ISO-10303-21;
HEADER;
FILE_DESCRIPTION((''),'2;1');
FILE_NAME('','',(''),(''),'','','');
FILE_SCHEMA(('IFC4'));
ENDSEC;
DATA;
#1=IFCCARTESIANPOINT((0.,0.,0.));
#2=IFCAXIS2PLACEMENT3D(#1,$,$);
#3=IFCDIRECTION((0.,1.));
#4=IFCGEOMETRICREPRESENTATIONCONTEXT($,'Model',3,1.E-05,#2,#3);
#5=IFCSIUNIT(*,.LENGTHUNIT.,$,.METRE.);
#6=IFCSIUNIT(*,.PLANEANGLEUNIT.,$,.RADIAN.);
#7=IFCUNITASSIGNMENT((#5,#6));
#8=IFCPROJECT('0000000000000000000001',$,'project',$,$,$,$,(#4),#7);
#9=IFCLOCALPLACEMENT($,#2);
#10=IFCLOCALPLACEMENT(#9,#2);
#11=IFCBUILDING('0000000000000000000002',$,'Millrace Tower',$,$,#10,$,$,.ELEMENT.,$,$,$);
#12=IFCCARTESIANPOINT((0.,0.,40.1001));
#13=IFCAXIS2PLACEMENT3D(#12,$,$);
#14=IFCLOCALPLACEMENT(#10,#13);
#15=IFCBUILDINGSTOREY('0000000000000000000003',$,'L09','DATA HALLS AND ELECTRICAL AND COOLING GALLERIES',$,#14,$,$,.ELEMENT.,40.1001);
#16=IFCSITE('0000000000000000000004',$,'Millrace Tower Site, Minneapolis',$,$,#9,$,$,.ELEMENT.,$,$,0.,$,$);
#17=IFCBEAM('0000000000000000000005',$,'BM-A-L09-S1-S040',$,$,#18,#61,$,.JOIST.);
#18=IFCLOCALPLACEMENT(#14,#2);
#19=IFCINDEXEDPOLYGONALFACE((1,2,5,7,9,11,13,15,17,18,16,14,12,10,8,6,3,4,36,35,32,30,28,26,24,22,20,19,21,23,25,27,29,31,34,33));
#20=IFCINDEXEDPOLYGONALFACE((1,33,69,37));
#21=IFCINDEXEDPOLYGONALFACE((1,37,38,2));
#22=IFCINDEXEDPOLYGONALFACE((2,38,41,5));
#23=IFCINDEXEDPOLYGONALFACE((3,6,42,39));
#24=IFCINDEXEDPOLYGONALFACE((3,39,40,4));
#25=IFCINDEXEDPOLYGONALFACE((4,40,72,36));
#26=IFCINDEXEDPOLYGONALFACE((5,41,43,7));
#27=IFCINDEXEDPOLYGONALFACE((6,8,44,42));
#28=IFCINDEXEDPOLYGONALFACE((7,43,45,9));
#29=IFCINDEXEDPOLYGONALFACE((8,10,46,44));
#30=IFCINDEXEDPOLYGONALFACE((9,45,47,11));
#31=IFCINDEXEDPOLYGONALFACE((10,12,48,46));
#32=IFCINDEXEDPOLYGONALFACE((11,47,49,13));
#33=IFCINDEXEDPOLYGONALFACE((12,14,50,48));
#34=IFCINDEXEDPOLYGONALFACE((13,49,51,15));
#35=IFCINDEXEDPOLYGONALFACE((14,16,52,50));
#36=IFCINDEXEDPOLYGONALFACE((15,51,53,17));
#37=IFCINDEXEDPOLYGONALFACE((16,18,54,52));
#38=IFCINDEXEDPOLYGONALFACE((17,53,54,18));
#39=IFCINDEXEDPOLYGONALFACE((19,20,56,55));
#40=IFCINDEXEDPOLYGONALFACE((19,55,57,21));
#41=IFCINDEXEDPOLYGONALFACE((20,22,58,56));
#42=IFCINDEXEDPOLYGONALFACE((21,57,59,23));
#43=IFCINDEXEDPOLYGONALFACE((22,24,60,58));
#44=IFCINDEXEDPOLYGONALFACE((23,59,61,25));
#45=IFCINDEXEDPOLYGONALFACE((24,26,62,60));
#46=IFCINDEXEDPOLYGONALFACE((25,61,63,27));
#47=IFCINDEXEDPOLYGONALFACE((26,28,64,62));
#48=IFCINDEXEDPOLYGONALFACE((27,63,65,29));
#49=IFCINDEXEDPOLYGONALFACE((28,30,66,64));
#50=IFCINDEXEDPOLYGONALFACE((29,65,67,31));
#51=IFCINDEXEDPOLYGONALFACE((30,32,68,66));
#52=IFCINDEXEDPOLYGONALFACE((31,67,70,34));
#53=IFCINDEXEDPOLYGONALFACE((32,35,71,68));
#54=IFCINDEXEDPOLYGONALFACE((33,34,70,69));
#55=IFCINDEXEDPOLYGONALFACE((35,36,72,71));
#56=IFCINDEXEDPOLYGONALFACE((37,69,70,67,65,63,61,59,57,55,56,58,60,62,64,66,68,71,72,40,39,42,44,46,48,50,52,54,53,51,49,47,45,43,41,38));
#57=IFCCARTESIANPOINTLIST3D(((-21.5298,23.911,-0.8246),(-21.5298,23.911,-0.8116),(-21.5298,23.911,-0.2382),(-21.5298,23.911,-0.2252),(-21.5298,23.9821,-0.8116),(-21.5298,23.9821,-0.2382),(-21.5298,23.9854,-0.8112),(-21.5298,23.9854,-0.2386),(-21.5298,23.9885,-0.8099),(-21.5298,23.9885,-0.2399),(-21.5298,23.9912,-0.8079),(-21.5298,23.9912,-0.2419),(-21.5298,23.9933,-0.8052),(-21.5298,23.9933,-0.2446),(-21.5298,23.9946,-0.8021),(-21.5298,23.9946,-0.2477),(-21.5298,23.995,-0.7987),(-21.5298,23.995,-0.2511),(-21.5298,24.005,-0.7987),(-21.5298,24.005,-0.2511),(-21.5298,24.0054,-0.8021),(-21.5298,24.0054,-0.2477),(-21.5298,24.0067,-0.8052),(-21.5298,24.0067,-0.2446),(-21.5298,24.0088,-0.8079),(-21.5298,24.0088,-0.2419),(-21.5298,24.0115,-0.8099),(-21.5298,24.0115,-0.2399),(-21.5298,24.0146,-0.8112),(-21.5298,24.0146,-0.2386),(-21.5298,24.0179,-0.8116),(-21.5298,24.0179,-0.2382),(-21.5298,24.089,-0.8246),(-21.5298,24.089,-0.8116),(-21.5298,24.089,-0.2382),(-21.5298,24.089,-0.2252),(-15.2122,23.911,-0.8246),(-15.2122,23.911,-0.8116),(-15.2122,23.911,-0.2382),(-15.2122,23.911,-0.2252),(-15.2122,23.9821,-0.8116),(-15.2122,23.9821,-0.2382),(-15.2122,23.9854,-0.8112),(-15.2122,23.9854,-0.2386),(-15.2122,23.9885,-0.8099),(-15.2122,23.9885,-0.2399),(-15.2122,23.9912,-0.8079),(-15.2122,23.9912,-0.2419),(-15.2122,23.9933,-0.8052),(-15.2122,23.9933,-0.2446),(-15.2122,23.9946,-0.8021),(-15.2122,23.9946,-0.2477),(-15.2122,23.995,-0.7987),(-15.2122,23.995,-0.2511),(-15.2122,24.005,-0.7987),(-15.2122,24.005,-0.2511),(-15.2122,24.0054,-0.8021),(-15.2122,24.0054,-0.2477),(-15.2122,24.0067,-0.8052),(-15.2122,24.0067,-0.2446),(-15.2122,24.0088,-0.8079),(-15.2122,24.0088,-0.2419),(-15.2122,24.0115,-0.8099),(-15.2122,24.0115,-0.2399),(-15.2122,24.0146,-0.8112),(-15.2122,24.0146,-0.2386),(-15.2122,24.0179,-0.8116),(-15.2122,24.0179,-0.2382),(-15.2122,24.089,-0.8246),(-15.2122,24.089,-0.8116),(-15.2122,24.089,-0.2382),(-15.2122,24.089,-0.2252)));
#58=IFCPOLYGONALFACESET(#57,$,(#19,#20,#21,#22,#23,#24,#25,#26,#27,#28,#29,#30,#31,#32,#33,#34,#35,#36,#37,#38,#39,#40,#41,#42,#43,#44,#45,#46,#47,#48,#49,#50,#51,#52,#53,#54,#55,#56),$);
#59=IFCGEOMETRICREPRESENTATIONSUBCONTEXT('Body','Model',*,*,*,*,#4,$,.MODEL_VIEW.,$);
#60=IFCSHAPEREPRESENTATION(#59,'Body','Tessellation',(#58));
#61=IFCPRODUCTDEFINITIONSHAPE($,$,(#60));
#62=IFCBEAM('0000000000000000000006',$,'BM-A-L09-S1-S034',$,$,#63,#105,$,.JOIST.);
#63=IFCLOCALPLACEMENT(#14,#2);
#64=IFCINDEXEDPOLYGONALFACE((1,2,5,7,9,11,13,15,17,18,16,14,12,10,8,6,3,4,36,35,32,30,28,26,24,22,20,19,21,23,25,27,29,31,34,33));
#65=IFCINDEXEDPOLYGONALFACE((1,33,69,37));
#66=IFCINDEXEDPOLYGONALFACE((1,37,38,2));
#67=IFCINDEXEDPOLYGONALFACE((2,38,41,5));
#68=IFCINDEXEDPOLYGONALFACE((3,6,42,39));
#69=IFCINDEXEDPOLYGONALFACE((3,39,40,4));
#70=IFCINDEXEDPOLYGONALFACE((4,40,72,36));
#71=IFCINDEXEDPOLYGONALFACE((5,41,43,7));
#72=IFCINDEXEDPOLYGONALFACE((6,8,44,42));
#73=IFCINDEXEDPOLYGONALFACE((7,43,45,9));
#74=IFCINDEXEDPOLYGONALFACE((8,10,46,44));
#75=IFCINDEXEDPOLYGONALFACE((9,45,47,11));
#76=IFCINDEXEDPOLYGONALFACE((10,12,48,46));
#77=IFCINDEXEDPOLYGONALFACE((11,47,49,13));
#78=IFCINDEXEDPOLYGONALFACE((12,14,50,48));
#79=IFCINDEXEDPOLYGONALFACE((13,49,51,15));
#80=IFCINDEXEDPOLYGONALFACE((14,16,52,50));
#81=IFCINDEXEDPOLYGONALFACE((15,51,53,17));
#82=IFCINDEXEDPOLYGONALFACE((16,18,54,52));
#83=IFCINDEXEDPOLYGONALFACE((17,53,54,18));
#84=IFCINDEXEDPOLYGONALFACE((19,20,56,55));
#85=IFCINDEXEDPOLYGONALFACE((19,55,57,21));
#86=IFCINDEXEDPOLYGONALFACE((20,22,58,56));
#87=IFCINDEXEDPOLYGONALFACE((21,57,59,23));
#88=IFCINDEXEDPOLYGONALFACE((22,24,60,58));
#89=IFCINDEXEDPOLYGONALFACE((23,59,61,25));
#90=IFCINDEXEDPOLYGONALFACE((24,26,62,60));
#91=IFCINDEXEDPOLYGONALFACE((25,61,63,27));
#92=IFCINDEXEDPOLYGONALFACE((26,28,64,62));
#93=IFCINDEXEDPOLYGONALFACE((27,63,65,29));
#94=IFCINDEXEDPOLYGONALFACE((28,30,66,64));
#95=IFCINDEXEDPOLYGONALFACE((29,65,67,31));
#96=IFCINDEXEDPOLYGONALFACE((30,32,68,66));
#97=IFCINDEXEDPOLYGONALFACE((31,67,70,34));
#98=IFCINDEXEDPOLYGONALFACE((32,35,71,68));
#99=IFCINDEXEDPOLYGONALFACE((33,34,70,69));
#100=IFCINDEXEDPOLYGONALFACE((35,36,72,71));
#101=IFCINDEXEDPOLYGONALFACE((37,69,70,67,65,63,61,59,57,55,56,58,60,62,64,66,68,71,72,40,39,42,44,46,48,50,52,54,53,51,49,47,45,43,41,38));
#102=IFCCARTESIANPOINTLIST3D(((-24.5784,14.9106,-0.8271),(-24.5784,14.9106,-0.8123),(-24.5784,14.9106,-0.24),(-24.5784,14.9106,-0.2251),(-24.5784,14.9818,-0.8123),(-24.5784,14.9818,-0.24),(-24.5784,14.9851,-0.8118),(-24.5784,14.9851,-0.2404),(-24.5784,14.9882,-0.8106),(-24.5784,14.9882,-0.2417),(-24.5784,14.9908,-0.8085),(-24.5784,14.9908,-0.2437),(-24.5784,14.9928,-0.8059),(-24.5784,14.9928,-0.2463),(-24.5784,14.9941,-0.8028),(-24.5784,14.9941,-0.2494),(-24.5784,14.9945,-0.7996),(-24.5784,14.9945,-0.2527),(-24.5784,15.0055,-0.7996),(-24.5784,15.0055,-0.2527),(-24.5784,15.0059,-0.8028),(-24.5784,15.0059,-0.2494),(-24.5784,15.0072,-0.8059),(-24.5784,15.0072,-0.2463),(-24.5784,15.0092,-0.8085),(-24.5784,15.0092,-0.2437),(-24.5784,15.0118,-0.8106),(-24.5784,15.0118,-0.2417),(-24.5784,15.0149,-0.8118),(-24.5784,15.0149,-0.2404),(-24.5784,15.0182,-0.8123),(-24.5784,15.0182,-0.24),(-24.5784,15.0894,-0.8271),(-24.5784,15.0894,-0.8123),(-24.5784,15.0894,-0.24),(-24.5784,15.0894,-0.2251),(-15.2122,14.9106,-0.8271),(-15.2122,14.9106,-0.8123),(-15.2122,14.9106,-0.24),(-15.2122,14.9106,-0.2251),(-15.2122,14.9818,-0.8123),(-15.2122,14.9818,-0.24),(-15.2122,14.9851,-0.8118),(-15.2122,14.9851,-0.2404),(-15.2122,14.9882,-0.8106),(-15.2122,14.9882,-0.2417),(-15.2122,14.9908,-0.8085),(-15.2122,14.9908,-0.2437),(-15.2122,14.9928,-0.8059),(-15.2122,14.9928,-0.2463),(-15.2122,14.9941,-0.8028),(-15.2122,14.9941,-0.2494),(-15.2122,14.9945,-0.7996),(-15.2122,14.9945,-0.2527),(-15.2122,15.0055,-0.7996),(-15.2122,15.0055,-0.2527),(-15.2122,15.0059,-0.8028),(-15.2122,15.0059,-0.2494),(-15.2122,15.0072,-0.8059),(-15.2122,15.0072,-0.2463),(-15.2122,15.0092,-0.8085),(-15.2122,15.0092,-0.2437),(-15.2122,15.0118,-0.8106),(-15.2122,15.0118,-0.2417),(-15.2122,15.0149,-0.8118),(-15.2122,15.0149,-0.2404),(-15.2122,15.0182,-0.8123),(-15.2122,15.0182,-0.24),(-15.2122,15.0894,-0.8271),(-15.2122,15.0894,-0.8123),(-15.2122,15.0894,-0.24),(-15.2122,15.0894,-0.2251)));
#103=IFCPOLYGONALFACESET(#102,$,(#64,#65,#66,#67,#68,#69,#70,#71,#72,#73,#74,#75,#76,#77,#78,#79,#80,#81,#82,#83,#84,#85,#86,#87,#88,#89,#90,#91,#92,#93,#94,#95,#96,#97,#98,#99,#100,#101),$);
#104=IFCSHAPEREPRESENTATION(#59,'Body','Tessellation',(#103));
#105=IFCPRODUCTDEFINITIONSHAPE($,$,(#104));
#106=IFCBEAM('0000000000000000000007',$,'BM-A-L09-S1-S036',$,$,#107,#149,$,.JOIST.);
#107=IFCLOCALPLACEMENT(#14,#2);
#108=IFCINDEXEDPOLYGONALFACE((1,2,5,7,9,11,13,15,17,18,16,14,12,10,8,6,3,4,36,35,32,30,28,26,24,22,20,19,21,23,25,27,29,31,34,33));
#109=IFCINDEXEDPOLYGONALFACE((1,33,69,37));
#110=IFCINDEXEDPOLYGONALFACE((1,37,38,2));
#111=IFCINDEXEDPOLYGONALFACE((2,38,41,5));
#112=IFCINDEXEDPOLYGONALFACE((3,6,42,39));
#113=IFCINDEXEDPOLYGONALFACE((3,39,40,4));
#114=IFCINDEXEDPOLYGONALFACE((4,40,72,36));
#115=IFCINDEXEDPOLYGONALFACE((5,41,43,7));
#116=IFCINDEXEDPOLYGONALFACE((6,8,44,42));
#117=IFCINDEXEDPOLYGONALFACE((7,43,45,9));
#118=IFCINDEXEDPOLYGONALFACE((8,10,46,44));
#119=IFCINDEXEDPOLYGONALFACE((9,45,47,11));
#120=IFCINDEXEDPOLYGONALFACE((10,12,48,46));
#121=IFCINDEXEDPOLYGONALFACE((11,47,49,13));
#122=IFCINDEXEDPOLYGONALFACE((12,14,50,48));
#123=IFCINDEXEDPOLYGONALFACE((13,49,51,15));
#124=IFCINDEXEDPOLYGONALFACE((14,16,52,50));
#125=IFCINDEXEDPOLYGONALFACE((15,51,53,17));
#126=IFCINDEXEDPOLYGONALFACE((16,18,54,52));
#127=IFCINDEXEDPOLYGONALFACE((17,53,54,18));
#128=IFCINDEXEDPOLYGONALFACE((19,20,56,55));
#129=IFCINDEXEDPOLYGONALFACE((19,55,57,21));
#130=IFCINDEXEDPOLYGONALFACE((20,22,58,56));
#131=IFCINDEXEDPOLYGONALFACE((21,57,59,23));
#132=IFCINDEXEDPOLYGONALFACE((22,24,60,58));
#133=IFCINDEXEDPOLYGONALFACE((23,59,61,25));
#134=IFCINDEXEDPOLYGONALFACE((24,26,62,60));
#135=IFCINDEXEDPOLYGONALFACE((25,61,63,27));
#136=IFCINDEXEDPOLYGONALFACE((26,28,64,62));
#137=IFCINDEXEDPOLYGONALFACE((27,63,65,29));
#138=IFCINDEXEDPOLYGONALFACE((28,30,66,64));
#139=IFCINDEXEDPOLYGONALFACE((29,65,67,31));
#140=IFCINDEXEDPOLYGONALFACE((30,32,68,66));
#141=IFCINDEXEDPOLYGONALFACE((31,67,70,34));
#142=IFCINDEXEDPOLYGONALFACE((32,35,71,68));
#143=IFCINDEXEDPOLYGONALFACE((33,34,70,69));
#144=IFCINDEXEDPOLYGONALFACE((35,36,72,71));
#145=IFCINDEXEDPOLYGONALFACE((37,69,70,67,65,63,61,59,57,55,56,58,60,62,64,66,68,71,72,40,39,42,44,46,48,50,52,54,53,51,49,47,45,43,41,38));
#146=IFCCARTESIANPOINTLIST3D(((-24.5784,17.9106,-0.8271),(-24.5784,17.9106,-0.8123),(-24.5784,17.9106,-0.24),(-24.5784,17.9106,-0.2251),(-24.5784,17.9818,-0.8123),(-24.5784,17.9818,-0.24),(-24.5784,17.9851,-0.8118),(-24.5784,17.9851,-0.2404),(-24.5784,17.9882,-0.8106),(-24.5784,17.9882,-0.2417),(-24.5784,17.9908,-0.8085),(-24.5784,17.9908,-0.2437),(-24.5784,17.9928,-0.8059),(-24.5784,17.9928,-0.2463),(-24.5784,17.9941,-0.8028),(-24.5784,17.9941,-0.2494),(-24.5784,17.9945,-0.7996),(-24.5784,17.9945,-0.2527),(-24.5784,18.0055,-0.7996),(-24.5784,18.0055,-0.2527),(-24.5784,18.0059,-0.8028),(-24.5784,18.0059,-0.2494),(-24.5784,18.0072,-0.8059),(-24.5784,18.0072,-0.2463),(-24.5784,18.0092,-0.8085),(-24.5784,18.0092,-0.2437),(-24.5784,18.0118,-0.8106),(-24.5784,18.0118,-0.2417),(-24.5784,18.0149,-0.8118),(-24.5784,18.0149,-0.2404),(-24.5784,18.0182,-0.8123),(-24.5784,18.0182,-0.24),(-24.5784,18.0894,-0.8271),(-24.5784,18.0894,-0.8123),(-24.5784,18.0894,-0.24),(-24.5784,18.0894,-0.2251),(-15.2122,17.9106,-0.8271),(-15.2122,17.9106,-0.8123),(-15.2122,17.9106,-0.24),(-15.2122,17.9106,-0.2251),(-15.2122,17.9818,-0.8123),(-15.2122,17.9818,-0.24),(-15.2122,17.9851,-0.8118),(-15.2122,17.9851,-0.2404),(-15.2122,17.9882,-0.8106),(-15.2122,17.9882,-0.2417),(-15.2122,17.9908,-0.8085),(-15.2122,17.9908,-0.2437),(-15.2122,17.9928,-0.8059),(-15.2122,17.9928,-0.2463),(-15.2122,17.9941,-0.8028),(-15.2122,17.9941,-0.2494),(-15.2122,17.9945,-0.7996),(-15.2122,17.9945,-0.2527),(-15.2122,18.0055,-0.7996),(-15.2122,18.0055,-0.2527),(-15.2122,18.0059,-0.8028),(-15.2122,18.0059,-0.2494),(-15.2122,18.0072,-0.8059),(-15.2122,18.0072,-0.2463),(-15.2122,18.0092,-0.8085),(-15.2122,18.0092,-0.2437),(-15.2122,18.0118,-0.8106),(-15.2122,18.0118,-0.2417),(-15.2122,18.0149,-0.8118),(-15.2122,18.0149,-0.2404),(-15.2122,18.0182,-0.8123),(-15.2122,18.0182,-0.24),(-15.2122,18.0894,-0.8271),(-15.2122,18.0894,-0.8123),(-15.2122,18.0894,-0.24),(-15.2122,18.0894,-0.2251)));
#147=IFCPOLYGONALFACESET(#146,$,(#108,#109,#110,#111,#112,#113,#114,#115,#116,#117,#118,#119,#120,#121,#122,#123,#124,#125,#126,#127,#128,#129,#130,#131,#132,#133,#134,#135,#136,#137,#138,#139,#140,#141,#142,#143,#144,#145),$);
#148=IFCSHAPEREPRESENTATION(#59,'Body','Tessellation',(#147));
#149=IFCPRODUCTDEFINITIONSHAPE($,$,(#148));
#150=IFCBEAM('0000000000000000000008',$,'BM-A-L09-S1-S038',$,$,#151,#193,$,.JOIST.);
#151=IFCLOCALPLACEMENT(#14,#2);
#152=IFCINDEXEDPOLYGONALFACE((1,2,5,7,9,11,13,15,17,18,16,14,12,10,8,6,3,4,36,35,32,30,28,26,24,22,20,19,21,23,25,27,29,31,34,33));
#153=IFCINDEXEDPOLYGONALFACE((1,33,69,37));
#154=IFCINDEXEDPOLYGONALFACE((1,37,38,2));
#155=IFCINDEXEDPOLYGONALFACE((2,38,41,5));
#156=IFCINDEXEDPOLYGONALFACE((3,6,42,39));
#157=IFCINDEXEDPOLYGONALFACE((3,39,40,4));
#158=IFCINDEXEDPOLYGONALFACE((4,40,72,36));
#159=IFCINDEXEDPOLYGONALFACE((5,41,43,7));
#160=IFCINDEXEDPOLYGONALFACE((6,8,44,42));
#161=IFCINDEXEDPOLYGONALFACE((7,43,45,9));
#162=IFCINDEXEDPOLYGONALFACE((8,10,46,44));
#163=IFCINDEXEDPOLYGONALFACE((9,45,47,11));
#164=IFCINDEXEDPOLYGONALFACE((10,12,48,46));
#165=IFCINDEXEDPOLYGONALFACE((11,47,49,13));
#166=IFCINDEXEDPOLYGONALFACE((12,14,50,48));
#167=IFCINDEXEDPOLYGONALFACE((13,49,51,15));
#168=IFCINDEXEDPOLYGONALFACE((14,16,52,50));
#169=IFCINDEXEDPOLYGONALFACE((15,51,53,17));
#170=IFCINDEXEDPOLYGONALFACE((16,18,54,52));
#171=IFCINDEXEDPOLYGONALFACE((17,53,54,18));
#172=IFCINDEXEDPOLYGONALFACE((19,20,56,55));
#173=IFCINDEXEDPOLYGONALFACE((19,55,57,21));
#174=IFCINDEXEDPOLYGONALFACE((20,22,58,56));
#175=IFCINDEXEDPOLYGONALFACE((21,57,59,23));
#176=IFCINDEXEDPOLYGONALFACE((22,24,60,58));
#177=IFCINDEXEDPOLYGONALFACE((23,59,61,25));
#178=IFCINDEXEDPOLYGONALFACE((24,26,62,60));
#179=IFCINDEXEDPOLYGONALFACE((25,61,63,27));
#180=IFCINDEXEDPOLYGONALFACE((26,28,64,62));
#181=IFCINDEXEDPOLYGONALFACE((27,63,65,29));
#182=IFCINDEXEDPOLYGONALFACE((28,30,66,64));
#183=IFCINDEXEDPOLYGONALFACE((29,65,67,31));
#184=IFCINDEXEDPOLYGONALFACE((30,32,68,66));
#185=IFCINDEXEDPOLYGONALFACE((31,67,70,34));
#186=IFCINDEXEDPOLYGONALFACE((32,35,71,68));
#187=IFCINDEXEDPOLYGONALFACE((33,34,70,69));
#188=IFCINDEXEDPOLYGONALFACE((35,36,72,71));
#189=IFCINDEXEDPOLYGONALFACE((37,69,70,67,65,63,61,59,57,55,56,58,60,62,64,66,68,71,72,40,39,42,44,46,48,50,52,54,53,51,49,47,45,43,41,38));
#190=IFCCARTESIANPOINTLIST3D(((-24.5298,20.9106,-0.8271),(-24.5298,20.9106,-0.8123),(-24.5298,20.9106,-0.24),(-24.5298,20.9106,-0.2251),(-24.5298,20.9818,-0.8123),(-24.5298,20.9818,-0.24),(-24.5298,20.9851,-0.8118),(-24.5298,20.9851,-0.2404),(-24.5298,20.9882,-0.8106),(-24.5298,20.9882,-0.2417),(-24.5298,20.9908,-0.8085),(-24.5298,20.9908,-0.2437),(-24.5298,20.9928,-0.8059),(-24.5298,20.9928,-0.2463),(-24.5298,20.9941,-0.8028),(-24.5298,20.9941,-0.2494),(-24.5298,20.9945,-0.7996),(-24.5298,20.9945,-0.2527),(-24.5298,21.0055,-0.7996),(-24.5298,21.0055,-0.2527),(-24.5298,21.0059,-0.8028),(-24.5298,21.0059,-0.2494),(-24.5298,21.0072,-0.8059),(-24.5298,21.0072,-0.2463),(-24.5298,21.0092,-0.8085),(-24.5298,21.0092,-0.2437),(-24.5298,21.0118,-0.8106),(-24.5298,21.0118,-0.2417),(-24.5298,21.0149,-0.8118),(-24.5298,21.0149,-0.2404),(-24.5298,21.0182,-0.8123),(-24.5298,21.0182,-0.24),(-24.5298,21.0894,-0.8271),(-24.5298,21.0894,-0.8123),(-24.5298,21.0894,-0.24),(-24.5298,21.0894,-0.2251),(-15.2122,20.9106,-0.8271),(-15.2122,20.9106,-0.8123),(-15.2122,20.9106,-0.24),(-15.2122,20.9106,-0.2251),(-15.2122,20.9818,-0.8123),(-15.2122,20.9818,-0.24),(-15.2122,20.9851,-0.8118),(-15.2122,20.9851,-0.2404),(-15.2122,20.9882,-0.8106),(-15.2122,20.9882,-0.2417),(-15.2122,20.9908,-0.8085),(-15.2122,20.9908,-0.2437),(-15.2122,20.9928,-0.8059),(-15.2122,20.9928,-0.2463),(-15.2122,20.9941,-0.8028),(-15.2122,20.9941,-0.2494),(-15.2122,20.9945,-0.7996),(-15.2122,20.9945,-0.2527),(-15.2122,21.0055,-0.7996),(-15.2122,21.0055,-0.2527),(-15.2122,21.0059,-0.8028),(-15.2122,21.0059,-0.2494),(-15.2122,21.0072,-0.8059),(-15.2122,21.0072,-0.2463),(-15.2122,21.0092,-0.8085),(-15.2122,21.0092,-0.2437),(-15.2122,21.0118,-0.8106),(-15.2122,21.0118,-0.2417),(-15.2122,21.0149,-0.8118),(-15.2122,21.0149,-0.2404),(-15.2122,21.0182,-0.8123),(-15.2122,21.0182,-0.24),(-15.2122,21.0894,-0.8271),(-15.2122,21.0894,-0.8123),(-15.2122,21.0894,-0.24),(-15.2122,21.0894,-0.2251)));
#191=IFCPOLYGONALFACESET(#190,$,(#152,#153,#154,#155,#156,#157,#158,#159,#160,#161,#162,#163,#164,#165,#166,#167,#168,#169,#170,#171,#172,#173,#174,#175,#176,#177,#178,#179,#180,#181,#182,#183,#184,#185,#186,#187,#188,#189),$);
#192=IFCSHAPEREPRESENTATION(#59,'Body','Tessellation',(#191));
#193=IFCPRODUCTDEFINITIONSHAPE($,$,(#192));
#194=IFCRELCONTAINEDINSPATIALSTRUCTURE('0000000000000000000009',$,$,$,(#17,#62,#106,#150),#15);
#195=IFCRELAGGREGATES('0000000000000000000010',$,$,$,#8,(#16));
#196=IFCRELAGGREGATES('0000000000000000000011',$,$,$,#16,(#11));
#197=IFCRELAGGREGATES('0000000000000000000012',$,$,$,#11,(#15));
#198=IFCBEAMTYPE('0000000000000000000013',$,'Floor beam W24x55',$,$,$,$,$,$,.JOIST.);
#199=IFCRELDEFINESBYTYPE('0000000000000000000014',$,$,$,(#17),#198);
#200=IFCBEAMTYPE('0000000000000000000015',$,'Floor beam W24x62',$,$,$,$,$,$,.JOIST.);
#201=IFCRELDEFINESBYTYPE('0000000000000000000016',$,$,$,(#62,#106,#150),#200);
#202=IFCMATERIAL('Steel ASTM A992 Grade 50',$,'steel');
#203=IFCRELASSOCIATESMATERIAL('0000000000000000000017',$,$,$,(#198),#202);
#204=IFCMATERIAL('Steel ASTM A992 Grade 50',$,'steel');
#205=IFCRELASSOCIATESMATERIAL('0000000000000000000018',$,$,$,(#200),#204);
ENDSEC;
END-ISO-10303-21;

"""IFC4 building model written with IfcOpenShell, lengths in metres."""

from ifc_helpers import new_model, si_unit, direction, frame, origin, origin_2d, place, context, subcontext, project, spatial, i_section, extrude, material, material_profile, profile_set, type_object, element, save


model = new_model("IFC4")

# Units and contexts
model_context = context("Model", 3, precision=1e-05, world=origin(), true_north=direction((0.0, 1.0)))
body_context = subcontext(model_context, "Body", "Model", "MODEL_VIEW")
ifc_project = project(units=[si_unit("LENGTHUNIT", "METRE"), si_unit("PLANEANGLEUNIT", "RADIAN")], contexts=[model_context])

# Site, building, storey
site_placement = place(None, origin())
site = spatial("IfcSite", under=ifc_project, at=site_placement, Name="Millrace Tower Site, Minneapolis", CompositionType="ELEMENT", RefElevation=0.0)
building_placement = place(site_placement, origin())
building = spatial("IfcBuilding", under=site, at=building_placement, Name="Millrace Tower", CompositionType="ELEMENT")
storey_placement = place(building_placement, frame((0.0, 0.0, 40.1001)))
storey = spatial("IfcBuildingStorey", under=building, at=storey_placement, Name="L09", Description="DATA HALLS AND ELECTRICAL AND COOLING GALLERIES", CompositionType="ELEMENT", Elevation=40.1001)

# Beams
ifc_material_1 = material(Name="Steel ASTM A992 Grade 50", Category="steel")
ifc_material_profile_1 = material_profile(ifc_material_1, i_section(OverallWidth=0.178, OverallDepth=0.5994, WebThickness=0.01, FlangeThickness=0.0129, FilletRadius=0.0129, at=origin_2d()))
ifc_profile_set_1 = profile_set([ifc_material_profile_1], Name="Steel ASTM A992 Grade 50")
beam_type_1 = type_object("IfcBeamType", Name="Floor beam W24x55", PredefinedType="JOIST", material=ifc_profile_set_1)
beam_1_placement = place(storey_placement, frame((-21.5298, 24.0, -0.5249), z_axis=(1.0, 0.0, 0.0), x_axis=(0.0, 1.0, 0.0)))
element("IfcBeam", 1, at=beam_1_placement, inside=storey, type_object=beam_type_1, Name="BM-A-L09-S1-S040", PredefinedType="JOIST", context=body_context, shape_type="SweptSolid", body=[
    extrude(i_section(OverallWidth=0.178, OverallDepth=0.5994, WebThickness=0.01, FlangeThickness=0.0129, FilletRadius=0.0129, at=origin_2d()), origin(), (0.0, 0.0, 1.0), 6.3176),
])
ifc_material_2 = material(Name="Steel ASTM A992 Grade 50", Category="steel")
ifc_material_profile_2 = material_profile(ifc_material_2, i_section(OverallWidth=0.1787, OverallDepth=0.6021, WebThickness=0.011, FlangeThickness=0.0149, FilletRadius=0.0127, at=origin_2d()))
ifc_profile_set_2 = profile_set([ifc_material_profile_2], Name="Steel ASTM A992 Grade 50")
beam_type_2 = type_object("IfcBeamType", Name="Floor beam W24x62", PredefinedType="JOIST", material=ifc_profile_set_2)
for number, where, z_axis, x_axis, name in (
    (2, (-24.5784, 15.0, -0.5261), (1.0, 0.0, 0.0), (0.0, 1.0, 0.0), "BM-A-L09-S1-S034"),
    (3, (-24.5784, 18.0, -0.5261), (1.0, 0.0, 0.0), (0.0, 1.0, 0.0), "BM-A-L09-S1-S036"),
):
    element("IfcBeam", number, at=place(storey_placement, frame(where, z_axis=z_axis, x_axis=x_axis)), inside=storey, type_object=beam_type_2, Name=name, PredefinedType="JOIST", context=body_context, shape_type="SweptSolid", body=[
        extrude(i_section(OverallWidth=0.1787, OverallDepth=0.6021, WebThickness=0.011, FlangeThickness=0.0149, FilletRadius=0.0127, at=origin_2d()), origin(), (0.0, 0.0, 1.0), 9.3662),
    ])
beam_2_placement = place(storey_placement, frame((-24.5298, 21.0, -0.5261), z_axis=(1.0, 0.0, 0.0), x_axis=(0.0, 1.0, 0.0)))
element("IfcBeam", 4, at=beam_2_placement, inside=storey, type_object=beam_type_2, Name="BM-A-L09-S1-S038", PredefinedType="JOIST", context=body_context, shape_type="SweptSolid", body=[
    extrude(i_section(OverallWidth=0.1787, OverallDepth=0.6021, WebThickness=0.011, FlangeThickness=0.0149, FilletRadius=0.0127, at=origin_2d()), origin(), (0.0, 0.0, 1.0), 9.3176),
])

save(model, "model.ifc")
